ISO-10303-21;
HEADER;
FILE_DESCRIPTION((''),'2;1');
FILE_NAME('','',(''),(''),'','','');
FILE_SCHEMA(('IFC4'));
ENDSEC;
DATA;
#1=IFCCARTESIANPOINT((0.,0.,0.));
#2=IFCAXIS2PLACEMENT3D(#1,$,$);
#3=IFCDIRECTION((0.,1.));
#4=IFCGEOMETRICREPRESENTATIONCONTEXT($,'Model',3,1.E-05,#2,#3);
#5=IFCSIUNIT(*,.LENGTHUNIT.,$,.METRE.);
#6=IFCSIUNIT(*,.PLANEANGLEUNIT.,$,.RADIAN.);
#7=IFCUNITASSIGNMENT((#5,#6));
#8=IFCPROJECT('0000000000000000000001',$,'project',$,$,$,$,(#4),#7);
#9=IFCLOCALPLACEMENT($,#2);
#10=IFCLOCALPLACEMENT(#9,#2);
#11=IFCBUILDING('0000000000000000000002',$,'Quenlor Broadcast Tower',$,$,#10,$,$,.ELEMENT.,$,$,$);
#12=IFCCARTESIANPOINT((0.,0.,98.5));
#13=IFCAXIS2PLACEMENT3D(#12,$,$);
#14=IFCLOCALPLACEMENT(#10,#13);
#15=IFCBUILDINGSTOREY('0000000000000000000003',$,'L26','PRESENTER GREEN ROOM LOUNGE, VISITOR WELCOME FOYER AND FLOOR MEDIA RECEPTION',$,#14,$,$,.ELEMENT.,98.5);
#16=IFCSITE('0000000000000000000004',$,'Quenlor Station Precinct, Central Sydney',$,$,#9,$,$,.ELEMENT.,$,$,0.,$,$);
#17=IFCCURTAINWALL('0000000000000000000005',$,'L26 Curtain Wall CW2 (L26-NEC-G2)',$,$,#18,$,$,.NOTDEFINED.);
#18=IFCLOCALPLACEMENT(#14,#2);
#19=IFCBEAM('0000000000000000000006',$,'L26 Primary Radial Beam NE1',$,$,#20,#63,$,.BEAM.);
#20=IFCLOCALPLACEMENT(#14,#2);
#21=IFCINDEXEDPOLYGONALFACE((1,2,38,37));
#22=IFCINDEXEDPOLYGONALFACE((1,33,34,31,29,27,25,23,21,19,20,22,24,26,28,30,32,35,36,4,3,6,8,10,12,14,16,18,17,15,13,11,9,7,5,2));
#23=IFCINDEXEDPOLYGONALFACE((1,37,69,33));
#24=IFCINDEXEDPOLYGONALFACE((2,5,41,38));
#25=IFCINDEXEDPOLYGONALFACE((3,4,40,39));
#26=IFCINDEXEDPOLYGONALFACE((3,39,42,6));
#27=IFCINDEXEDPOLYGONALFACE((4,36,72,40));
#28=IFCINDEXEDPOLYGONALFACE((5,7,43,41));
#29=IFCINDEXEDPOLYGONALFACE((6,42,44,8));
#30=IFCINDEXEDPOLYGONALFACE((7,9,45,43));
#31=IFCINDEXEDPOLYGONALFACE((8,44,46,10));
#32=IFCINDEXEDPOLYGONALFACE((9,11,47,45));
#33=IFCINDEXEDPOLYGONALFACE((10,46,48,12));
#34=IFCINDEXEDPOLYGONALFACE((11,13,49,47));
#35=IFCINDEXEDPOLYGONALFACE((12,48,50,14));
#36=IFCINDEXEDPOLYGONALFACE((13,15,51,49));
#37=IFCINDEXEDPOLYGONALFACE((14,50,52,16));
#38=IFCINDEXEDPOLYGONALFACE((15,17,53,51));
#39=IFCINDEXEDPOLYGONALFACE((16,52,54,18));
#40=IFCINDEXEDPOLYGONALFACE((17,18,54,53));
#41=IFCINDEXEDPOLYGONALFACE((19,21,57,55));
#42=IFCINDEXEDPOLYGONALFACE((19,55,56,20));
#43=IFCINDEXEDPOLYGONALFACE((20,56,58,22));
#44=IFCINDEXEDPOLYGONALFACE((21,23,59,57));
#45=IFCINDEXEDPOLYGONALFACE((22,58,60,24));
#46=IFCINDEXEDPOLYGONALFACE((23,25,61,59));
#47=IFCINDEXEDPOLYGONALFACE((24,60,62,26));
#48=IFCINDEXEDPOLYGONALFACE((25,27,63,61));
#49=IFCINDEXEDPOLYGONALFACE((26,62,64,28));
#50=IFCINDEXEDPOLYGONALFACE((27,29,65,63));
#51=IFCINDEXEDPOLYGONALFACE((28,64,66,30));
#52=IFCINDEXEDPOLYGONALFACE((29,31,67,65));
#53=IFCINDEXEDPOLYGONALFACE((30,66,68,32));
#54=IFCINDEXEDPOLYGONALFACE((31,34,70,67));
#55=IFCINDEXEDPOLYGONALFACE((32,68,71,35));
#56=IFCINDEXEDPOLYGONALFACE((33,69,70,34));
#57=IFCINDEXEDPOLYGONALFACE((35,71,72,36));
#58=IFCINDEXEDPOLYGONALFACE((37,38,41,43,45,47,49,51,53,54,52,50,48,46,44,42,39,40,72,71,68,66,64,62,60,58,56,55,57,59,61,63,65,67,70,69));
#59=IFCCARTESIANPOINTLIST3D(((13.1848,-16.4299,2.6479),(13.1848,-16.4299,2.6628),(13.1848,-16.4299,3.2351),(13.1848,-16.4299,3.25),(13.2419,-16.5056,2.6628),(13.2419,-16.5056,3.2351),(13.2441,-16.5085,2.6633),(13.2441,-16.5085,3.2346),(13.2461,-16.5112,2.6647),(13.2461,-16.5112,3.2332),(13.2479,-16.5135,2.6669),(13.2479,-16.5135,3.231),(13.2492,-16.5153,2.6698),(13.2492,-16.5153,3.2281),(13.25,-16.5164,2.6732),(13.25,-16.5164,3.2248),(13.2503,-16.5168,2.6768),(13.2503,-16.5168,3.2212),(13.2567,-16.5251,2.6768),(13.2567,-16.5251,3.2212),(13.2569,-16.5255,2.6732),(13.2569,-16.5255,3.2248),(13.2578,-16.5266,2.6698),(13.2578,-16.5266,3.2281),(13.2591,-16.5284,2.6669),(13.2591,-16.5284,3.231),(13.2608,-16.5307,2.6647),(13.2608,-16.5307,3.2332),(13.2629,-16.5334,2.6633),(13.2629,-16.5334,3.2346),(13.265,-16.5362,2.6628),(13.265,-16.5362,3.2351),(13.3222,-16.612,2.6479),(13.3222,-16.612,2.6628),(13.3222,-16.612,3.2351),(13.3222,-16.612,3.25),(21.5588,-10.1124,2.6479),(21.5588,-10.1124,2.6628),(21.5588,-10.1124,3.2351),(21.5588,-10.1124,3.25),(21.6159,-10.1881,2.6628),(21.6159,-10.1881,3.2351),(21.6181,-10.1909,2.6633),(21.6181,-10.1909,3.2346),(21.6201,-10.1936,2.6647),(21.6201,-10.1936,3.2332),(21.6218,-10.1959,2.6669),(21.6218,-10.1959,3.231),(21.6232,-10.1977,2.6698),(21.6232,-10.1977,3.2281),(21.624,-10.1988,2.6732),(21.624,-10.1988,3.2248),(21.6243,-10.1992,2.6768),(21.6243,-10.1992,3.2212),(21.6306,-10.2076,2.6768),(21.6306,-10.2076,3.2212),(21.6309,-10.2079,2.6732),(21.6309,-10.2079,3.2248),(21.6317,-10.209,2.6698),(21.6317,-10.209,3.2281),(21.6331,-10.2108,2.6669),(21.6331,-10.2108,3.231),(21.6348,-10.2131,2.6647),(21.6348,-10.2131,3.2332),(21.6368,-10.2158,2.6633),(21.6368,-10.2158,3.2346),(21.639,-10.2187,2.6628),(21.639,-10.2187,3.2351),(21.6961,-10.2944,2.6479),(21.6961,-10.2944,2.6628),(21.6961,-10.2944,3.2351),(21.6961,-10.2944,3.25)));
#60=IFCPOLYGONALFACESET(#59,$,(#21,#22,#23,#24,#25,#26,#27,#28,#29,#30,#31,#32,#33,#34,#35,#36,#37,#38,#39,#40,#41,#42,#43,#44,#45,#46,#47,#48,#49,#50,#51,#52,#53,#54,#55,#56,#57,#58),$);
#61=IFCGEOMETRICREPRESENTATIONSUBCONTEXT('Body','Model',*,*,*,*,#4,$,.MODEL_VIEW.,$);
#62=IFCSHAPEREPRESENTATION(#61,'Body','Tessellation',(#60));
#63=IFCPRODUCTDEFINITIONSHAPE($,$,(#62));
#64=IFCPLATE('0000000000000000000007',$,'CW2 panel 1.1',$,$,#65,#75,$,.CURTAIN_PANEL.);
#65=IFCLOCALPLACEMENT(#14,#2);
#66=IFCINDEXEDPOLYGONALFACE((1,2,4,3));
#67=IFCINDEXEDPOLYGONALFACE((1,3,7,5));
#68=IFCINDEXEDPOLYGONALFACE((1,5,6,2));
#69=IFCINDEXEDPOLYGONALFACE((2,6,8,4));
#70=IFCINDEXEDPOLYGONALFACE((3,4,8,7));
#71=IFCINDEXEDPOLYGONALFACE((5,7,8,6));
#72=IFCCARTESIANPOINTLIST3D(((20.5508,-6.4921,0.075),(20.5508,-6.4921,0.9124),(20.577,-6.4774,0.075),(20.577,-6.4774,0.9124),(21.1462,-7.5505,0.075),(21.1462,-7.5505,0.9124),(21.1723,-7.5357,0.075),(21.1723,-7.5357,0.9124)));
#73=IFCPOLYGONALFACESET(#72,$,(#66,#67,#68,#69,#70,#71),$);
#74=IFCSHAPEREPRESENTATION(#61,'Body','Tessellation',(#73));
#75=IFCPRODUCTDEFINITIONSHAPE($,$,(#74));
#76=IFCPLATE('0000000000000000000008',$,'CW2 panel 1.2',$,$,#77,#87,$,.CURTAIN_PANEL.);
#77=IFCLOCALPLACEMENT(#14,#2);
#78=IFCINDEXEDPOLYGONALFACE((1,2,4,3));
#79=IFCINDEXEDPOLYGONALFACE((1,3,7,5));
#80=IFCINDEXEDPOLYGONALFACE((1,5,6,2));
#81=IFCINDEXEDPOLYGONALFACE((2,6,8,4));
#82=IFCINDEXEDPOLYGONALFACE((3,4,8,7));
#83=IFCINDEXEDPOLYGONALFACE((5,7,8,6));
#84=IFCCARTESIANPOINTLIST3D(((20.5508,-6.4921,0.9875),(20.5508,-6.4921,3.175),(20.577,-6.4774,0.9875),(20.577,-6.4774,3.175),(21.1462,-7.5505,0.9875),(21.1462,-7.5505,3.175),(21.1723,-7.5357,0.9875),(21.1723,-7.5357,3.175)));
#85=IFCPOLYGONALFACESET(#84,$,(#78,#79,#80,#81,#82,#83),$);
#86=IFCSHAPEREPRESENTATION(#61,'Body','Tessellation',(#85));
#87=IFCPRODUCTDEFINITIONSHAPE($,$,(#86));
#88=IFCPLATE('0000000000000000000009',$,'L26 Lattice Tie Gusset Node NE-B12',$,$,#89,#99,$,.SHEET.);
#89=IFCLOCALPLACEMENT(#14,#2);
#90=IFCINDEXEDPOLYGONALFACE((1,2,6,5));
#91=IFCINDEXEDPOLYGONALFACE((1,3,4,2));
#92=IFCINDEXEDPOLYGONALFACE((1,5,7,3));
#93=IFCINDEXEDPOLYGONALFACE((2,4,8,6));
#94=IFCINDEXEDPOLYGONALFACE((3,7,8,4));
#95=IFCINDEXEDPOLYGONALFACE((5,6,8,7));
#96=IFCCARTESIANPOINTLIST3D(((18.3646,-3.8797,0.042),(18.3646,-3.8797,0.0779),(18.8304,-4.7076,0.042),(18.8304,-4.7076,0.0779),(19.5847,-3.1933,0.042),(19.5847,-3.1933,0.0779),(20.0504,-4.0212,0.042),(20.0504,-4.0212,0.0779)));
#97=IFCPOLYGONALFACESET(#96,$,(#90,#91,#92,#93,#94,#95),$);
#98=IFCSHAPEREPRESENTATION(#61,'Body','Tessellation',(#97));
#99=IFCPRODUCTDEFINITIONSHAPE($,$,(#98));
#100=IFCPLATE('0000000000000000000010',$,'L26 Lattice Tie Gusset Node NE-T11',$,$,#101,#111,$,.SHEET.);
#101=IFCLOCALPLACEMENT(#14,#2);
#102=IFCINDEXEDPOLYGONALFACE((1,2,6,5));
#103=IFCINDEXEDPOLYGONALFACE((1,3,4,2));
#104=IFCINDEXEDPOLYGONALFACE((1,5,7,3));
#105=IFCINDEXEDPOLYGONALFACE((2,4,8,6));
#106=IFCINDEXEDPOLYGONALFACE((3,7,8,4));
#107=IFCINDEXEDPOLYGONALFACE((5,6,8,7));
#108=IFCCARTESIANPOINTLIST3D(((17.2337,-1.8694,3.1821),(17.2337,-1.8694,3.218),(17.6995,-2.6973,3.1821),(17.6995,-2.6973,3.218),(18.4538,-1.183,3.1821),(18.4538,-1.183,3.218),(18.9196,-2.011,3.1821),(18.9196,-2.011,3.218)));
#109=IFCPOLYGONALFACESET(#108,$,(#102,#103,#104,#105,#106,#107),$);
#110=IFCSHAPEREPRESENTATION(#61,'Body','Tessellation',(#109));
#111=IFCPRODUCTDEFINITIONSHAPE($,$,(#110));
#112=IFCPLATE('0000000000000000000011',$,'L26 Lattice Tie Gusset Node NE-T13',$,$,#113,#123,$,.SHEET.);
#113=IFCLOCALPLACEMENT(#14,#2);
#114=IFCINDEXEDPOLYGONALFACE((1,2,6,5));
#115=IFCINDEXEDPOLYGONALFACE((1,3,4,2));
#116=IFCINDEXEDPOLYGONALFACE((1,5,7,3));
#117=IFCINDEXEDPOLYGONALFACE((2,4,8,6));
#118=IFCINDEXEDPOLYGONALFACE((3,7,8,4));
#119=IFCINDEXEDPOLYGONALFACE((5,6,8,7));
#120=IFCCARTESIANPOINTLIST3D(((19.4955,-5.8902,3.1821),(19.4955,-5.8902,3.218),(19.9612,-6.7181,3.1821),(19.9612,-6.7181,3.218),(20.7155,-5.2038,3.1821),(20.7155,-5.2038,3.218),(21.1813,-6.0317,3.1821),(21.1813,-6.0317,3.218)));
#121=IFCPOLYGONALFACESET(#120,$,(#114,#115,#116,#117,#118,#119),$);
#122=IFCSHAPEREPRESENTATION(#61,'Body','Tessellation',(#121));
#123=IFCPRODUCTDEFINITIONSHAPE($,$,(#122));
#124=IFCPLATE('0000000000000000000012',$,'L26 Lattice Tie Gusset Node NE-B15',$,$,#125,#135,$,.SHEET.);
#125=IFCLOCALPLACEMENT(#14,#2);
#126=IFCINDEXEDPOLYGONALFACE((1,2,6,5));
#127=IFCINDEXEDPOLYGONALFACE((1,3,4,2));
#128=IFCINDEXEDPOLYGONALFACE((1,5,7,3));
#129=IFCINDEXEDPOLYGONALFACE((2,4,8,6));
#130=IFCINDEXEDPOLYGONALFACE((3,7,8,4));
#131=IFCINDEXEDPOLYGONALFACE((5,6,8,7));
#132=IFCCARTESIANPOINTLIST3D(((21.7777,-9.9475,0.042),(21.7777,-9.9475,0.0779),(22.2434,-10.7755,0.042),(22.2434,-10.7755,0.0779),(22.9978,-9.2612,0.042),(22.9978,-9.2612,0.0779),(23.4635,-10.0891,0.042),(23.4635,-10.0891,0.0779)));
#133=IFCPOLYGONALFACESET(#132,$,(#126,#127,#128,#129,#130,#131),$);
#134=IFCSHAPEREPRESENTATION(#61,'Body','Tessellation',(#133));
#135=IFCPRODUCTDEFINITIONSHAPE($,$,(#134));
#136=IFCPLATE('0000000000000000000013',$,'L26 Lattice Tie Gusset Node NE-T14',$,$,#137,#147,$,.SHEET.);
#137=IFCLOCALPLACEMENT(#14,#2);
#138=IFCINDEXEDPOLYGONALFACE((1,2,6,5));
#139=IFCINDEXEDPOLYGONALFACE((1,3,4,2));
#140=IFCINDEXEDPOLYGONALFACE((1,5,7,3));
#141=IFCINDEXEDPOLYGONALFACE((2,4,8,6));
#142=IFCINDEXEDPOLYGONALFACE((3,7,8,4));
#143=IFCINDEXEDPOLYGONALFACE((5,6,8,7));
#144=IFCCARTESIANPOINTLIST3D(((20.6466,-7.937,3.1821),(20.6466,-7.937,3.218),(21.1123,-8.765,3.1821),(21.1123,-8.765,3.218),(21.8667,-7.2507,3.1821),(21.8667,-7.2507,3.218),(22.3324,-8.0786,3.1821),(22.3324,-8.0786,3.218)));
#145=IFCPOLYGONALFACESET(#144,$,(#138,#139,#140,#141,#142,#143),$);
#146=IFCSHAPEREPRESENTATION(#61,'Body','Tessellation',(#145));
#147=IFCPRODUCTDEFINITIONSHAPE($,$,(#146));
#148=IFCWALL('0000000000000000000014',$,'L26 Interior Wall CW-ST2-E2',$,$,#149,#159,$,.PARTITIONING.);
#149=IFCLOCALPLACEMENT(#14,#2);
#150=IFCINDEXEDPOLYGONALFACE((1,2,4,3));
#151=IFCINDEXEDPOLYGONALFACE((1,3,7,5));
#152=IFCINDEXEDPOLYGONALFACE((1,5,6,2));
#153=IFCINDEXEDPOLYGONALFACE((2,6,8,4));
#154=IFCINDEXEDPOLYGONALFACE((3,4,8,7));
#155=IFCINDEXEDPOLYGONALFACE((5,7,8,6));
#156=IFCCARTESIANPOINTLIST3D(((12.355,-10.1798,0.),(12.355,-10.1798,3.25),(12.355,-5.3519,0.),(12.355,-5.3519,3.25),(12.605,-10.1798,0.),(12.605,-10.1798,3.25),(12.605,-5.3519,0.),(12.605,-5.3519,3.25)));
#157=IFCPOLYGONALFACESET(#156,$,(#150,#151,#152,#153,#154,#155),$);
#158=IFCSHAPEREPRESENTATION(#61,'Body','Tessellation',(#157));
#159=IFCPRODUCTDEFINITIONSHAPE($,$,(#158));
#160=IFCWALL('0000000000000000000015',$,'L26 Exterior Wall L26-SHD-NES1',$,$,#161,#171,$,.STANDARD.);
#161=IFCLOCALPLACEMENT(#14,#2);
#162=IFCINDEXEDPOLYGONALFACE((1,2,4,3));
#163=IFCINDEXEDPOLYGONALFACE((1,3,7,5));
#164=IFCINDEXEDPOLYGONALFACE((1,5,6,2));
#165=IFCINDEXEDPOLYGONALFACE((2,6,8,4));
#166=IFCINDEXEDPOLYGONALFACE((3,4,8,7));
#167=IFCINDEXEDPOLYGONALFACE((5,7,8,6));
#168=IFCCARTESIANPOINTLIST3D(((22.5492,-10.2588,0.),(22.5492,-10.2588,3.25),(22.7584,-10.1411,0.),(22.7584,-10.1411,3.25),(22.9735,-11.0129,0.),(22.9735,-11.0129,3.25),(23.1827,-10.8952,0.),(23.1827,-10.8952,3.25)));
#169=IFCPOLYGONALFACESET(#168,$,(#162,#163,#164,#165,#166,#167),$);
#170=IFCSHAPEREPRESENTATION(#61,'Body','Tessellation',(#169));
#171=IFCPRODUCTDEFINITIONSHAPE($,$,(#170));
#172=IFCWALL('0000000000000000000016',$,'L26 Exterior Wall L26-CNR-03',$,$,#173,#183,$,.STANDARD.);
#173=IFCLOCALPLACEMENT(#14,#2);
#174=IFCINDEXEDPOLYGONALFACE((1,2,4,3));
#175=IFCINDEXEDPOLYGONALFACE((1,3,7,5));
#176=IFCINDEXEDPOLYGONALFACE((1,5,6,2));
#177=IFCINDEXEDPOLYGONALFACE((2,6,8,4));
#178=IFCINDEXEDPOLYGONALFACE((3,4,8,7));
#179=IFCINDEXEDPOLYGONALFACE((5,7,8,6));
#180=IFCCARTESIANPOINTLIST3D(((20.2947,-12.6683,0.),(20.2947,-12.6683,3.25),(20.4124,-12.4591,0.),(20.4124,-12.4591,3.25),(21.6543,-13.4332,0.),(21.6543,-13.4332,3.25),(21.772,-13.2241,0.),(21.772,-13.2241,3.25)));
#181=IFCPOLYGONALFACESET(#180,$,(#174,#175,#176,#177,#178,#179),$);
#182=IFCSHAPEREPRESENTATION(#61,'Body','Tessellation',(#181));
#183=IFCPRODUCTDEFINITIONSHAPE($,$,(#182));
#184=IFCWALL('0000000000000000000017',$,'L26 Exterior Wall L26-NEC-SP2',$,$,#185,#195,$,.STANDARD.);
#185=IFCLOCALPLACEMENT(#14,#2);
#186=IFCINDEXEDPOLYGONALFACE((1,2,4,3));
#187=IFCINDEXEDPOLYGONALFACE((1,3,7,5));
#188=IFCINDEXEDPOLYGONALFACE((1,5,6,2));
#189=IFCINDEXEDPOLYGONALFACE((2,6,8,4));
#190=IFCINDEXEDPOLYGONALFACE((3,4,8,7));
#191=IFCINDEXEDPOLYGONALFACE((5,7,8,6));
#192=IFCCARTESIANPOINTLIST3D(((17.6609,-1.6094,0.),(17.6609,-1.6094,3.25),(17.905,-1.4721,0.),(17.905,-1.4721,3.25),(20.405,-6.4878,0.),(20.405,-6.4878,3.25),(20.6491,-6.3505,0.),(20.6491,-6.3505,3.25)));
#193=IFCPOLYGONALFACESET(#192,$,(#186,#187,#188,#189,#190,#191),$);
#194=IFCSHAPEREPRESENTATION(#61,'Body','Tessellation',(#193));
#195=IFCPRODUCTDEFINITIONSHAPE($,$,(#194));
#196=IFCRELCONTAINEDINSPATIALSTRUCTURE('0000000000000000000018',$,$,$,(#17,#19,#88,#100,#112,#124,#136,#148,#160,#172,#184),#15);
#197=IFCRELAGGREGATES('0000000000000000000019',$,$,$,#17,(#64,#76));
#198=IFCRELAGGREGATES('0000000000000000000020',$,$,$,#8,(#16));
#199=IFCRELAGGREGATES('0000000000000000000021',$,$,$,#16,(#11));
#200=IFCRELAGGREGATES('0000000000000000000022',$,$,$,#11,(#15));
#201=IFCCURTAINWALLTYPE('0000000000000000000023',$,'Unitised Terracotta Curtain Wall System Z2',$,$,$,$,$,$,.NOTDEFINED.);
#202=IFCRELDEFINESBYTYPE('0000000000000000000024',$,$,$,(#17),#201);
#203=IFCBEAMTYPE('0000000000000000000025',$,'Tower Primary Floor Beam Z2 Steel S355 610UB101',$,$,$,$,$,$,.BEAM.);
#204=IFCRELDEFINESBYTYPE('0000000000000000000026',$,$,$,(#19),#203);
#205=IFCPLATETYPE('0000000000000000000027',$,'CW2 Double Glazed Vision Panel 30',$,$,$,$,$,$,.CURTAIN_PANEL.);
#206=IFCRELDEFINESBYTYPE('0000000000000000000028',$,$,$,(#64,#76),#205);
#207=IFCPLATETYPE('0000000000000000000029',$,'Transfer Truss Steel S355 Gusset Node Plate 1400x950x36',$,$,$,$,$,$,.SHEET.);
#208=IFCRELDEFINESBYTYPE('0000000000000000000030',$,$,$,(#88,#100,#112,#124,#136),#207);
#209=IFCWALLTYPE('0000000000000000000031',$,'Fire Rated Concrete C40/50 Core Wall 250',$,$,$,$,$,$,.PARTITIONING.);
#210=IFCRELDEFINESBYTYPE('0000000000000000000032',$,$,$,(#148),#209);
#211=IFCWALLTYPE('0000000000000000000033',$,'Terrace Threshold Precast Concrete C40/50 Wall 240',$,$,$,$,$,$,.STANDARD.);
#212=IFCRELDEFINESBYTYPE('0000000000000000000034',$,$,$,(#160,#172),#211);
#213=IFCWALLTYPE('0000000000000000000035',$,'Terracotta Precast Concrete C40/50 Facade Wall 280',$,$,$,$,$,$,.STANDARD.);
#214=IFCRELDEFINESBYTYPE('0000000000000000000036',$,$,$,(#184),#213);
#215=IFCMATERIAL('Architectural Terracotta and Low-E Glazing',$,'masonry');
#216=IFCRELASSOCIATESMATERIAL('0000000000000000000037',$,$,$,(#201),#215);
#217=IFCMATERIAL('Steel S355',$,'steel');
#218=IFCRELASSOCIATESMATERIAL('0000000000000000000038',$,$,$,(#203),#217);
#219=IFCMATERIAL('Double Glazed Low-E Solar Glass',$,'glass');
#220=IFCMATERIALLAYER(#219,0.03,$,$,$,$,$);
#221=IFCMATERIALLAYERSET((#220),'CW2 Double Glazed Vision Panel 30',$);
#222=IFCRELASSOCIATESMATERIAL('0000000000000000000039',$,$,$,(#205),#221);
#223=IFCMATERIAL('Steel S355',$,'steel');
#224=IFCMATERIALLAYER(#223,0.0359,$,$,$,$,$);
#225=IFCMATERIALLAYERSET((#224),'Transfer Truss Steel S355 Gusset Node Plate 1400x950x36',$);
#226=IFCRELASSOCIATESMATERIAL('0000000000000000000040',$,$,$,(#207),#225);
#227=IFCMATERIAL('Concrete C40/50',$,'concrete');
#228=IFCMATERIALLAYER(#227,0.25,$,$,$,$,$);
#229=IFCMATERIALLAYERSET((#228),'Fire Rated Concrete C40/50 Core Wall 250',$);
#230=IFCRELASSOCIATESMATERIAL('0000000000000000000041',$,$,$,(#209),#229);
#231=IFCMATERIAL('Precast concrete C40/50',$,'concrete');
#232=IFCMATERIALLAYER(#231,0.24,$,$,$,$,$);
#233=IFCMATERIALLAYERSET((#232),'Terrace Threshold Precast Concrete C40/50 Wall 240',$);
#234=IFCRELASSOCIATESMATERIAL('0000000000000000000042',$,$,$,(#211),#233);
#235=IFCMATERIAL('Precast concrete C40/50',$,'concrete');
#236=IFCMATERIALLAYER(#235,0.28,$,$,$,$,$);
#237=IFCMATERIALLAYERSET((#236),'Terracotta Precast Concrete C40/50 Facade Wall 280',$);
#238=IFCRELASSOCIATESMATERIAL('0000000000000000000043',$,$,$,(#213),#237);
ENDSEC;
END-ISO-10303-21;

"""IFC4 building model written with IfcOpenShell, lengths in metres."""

from ifc_helpers import new_model, si_unit, direction, frame, frame_2d, origin, origin_2d, place, context, subcontext, project, spatial, rectangle, i_section, extrude, material, layer, layer_set, material_profile, profile_set, type_object, element, aggregate, save


model = new_model("IFC4")

# Units and contexts
model_context = context("Model", 3, precision=1e-05, world=origin(), true_north=direction((0.0, 1.0)))
body_context = subcontext(model_context, "Body", "Model", "MODEL_VIEW")
ifc_project = project(units=[si_unit("LENGTHUNIT", "METRE"), si_unit("PLANEANGLEUNIT", "RADIAN")], contexts=[model_context])

# Site, building, storey
site_placement = place(None, origin())
site = spatial("IfcSite", under=ifc_project, at=site_placement, Name="Quenlor Station Precinct, Central Sydney", CompositionType="ELEMENT", RefElevation=0.0)
building_placement = place(site_placement, origin())
building = spatial("IfcBuilding", under=site, at=building_placement, Name="Quenlor Broadcast Tower", CompositionType="ELEMENT")
storey_placement = place(building_placement, frame((0.0, 0.0, 98.5)))
storey = spatial("IfcBuildingStorey", under=building, at=storey_placement, Name="L26", Description="PRESENTER GREEN ROOM LOUNGE, VISITOR WELCOME FOYER AND FLOOR MEDIA RECEPTION", CompositionType="ELEMENT", Elevation=98.5)

# Curtain wall
ifc_material_1 = material(Name="Architectural Terracotta and Low-E Glazing", Category="masonry")
curtain_wall_type = type_object("IfcCurtainWallType", Name="Unitised Terracotta Curtain Wall System Z2", PredefinedType="NOTDEFINED", material=ifc_material_1)
curtain_wall_placement = place(storey_placement, origin())
curtain_wall = element("IfcCurtainWall", 1, at=curtain_wall_placement, inside=storey, type_object=curtain_wall_type, Name="L26 Curtain Wall CW2 (L26-NEC-G2)", PredefinedType="NOTDEFINED")

# Beam
ifc_material_2 = material(Name="Steel S355", Category="steel")
ifc_material_profile_1 = material_profile(ifc_material_2, i_section(OverallWidth=0.228, OverallDepth=0.6021, WebThickness=0.0105, FlangeThickness=0.0149, FilletRadius=0.0139, at=origin_2d()))
ifc_profile_set_1 = profile_set([ifc_material_profile_1], Name="Steel S355 610UB101")
beam_type_1 = type_object("IfcBeamType", Name="Tower Primary Floor Beam Z2 Steel S355 610UB101", PredefinedType="BEAM", material=ifc_profile_set_1)
beam_1_placement = place(storey_placement, frame((21.6274, -10.2034, 2.949), z_axis=(-0.798299, -0.602262, 0.0), x_axis=(0.602262, -0.798299, 0.0)))
element("IfcBeam", 2, at=beam_1_placement, inside=storey, type_object=beam_type_1, Name="L26 Primary Radial Beam NE1", PredefinedType="BEAM", context=body_context, shape_type="SweptSolid", body=[
    extrude(i_section(OverallWidth=0.228, OverallDepth=0.6021, WebThickness=0.0105, FlangeThickness=0.0149, FilletRadius=0.0139, at=origin_2d()), origin(), (0.0, 0.0, 1.0), 10.4897),
])

# Plates
ifc_material_3 = material(Name="Double Glazed Low-E Solar Glass", Category="glass")
ifc_layer_1 = layer(ifc_material_3, 0.03)
ifc_layer_set_1 = layer_set([ifc_layer_1], Name="CW2 Double Glazed Vision Panel 30")
plate_type_1 = type_object("IfcPlateType", Name="CW2 Double Glazed Vision Panel 30", PredefinedType="CURTAIN_PANEL", material=ifc_layer_set_1)
plate_1_placement = place(storey_placement, frame((20.8616, -7.0139, 0.075), z_axis=(0.0, 0.0, 1.0), x_axis=(0.490279, -0.871566, 0.0)))
plate_1 = element("IfcPlate", 3, at=plate_1_placement, type_object=plate_type_1, Name="CW2 panel 1.1", PredefinedType="CURTAIN_PANEL", context=body_context, shape_type="SweptSolid", body=[
    extrude(rectangle(XDim=1.2144, YDim=0.03, at=origin_2d()), origin(), (0.0, 0.0, 1.0), 0.8374),
])
plate_2_placement = place(storey_placement, frame((20.8616, -7.0139, 0.9875), z_axis=(0.0, 0.0, 1.0), x_axis=(0.490279, -0.871566, 0.0)))
plate_2 = element("IfcPlate", 4, at=plate_2_placement, type_object=plate_type_1, Name="CW2 panel 1.2", PredefinedType="CURTAIN_PANEL", context=body_context, shape_type="SweptSolid", body=[
    extrude(rectangle(XDim=1.2144, YDim=0.03, at=origin_2d()), origin(), (0.0, 0.0, 1.0), 2.1875),
])
aggregate(curtain_wall, [plate_1, plate_2])

# Plates
ifc_material_4 = material(Name="Steel S355", Category="steel")
ifc_layer_2 = layer(ifc_material_4, 0.0359)
ifc_layer_set_2 = layer_set([ifc_layer_2], Name="Transfer Truss Steel S355 Gusset Node Plate 1400x950x36")
plate_type_2 = type_object("IfcPlateType", Name="Transfer Truss Steel S355 Gusset Node Plate 1400x950x36", PredefinedType="SHEET", material=ifc_layer_set_2)
for number, where, z_axis, x_axis, name in (
    (5, (19.2075, -3.9504, 0.042), (0.0, 0.0, 1.0), (0.871556, 0.490295, 0.0), "L26 Lattice Tie Gusset Node NE-B12"),
    (6, (18.0767, -1.9402, 3.1821), (0.0, 0.0, 1.0), (0.871556, 0.490295, 0.0), "L26 Lattice Tie Gusset Node NE-T11"),
    (7, (20.3384, -5.9609, 3.1821), (0.0, 0.0, 1.0), (0.871556, 0.490295, 0.0), "L26 Lattice Tie Gusset Node NE-T13"),
    (8, (22.6206, -10.0183, 0.042), (0.0, 0.0, 1.0), (0.871556, 0.490295, 0.0), "L26 Lattice Tie Gusset Node NE-B15"),
    (9, (21.4895, -8.0078, 3.1821), (0.0, 0.0, 1.0), (0.871556, 0.490295, 0.0), "L26 Lattice Tie Gusset Node NE-T14"),
):
    element("IfcPlate", number, at=place(storey_placement, frame(where, z_axis=z_axis, x_axis=x_axis)), inside=storey, type_object=plate_type_2, Name=name, PredefinedType="SHEET", context=body_context, shape_type="SweptSolid", body=[
        extrude(rectangle(XDim=1.3999, YDim=0.95, at=origin_2d()), origin(), (0.0, 0.0, 1.0), 0.0359),
    ])

# Wall
ifc_material_5 = material(Name="Concrete C40/50", Category="concrete")
ifc_layer_3 = layer(ifc_material_5, 0.25)
ifc_layer_set_3 = layer_set([ifc_layer_3], Name="Fire Rated Concrete C40/50 Core Wall 250")
wall_type_1 = type_object("IfcWallType", Name="Fire Rated Concrete C40/50 Core Wall 250", PredefinedType="PARTITIONING", material=ifc_layer_set_3)
wall_1_placement = place(storey_placement, frame((12.48, -10.1799, 0.0), z_axis=(0.0, 0.0, 1.0), x_axis=(0.0, 1.0, 0.0)))
element("IfcWall", 10, at=wall_1_placement, inside=storey, type_object=wall_type_1, Name="L26 Interior Wall CW-ST2-E2", PredefinedType="PARTITIONING", context=body_context, shape_type="SweptSolid", body=[
    extrude(rectangle(XDim=4.8279, YDim=0.25, at=frame_2d((2.4141, 0.0))), origin(), (0.0, 0.0, 1.0), 3.25),
])

# Walls
ifc_material_6 = material(Name="Precast concrete C40/50", Category="concrete")
ifc_layer_4 = layer(ifc_material_6, 0.24)
ifc_layer_set_4 = layer_set([ifc_layer_4], Name="Terrace Threshold Precast Concrete C40/50 Wall 240")
wall_type_2 = type_object("IfcWallType", Name="Terrace Threshold Precast Concrete C40/50 Wall 240", PredefinedType="STANDARD", material=ifc_layer_set_4)
wall_2_placement = place(storey_placement, frame((22.6538, -10.2, 0.0), z_axis=(0.0, 0.0, 1.0), x_axis=(0.490355, -0.871523, 0.0)))
element("IfcWall", 11, at=wall_2_placement, inside=storey, type_object=wall_type_2, Name="L26 Exterior Wall L26-SHD-NES1", PredefinedType="STANDARD", context=body_context, shape_type="SweptSolid", body=[
    extrude(rectangle(XDim=0.8652, YDim=0.24, at=frame_2d((0.4326, 0.0))), origin(), (0.0, 0.0, 1.0), 3.25),
])
wall_3_placement = place(storey_placement, frame((20.3535, -12.5637, 0.0), z_axis=(0.0, 0.0, 1.0), x_axis=(0.871546, -0.490313, 0.0)))
element("IfcWall", 12, at=wall_3_placement, inside=storey, type_object=wall_type_2, Name="L26 Exterior Wall L26-CNR-03", PredefinedType="STANDARD", context=body_context, shape_type="SweptSolid", body=[
    extrude(rectangle(XDim=1.5601, YDim=0.24, at=frame_2d((0.78, 0.0))), origin(), (0.0, 0.0, 1.0), 3.25),
])
ifc_material_7 = material(Name="Precast concrete C40/50", Category="concrete")
ifc_layer_5 = layer(ifc_material_7, 0.28)
ifc_layer_set_5 = layer_set([ifc_layer_5], Name="Terracotta Precast Concrete C40/50 Facade Wall 280")
wall_type_3 = type_object("IfcWallType", Name="Terracotta Precast Concrete C40/50 Facade Wall 280", PredefinedType="STANDARD", material=ifc_layer_set_5)
wall_4_placement = place(storey_placement, frame((17.783, -1.5408, 0.0), z_axis=(0.0, 0.0, 1.0), x_axis=(0.490265, -0.871573, 0.0)))
element("IfcWall", 13, at=wall_4_placement, inside=storey, type_object=wall_type_3, Name="L26 Exterior Wall L26-NEC-SP2", PredefinedType="STANDARD", context=body_context, shape_type="SweptSolid", body=[
    extrude(rectangle(XDim=5.5972, YDim=0.28, at=frame_2d((2.7986, 0.0))), origin(), (0.0, 0.0, 1.0), 3.25),
])

save(model, "model.ifc")
